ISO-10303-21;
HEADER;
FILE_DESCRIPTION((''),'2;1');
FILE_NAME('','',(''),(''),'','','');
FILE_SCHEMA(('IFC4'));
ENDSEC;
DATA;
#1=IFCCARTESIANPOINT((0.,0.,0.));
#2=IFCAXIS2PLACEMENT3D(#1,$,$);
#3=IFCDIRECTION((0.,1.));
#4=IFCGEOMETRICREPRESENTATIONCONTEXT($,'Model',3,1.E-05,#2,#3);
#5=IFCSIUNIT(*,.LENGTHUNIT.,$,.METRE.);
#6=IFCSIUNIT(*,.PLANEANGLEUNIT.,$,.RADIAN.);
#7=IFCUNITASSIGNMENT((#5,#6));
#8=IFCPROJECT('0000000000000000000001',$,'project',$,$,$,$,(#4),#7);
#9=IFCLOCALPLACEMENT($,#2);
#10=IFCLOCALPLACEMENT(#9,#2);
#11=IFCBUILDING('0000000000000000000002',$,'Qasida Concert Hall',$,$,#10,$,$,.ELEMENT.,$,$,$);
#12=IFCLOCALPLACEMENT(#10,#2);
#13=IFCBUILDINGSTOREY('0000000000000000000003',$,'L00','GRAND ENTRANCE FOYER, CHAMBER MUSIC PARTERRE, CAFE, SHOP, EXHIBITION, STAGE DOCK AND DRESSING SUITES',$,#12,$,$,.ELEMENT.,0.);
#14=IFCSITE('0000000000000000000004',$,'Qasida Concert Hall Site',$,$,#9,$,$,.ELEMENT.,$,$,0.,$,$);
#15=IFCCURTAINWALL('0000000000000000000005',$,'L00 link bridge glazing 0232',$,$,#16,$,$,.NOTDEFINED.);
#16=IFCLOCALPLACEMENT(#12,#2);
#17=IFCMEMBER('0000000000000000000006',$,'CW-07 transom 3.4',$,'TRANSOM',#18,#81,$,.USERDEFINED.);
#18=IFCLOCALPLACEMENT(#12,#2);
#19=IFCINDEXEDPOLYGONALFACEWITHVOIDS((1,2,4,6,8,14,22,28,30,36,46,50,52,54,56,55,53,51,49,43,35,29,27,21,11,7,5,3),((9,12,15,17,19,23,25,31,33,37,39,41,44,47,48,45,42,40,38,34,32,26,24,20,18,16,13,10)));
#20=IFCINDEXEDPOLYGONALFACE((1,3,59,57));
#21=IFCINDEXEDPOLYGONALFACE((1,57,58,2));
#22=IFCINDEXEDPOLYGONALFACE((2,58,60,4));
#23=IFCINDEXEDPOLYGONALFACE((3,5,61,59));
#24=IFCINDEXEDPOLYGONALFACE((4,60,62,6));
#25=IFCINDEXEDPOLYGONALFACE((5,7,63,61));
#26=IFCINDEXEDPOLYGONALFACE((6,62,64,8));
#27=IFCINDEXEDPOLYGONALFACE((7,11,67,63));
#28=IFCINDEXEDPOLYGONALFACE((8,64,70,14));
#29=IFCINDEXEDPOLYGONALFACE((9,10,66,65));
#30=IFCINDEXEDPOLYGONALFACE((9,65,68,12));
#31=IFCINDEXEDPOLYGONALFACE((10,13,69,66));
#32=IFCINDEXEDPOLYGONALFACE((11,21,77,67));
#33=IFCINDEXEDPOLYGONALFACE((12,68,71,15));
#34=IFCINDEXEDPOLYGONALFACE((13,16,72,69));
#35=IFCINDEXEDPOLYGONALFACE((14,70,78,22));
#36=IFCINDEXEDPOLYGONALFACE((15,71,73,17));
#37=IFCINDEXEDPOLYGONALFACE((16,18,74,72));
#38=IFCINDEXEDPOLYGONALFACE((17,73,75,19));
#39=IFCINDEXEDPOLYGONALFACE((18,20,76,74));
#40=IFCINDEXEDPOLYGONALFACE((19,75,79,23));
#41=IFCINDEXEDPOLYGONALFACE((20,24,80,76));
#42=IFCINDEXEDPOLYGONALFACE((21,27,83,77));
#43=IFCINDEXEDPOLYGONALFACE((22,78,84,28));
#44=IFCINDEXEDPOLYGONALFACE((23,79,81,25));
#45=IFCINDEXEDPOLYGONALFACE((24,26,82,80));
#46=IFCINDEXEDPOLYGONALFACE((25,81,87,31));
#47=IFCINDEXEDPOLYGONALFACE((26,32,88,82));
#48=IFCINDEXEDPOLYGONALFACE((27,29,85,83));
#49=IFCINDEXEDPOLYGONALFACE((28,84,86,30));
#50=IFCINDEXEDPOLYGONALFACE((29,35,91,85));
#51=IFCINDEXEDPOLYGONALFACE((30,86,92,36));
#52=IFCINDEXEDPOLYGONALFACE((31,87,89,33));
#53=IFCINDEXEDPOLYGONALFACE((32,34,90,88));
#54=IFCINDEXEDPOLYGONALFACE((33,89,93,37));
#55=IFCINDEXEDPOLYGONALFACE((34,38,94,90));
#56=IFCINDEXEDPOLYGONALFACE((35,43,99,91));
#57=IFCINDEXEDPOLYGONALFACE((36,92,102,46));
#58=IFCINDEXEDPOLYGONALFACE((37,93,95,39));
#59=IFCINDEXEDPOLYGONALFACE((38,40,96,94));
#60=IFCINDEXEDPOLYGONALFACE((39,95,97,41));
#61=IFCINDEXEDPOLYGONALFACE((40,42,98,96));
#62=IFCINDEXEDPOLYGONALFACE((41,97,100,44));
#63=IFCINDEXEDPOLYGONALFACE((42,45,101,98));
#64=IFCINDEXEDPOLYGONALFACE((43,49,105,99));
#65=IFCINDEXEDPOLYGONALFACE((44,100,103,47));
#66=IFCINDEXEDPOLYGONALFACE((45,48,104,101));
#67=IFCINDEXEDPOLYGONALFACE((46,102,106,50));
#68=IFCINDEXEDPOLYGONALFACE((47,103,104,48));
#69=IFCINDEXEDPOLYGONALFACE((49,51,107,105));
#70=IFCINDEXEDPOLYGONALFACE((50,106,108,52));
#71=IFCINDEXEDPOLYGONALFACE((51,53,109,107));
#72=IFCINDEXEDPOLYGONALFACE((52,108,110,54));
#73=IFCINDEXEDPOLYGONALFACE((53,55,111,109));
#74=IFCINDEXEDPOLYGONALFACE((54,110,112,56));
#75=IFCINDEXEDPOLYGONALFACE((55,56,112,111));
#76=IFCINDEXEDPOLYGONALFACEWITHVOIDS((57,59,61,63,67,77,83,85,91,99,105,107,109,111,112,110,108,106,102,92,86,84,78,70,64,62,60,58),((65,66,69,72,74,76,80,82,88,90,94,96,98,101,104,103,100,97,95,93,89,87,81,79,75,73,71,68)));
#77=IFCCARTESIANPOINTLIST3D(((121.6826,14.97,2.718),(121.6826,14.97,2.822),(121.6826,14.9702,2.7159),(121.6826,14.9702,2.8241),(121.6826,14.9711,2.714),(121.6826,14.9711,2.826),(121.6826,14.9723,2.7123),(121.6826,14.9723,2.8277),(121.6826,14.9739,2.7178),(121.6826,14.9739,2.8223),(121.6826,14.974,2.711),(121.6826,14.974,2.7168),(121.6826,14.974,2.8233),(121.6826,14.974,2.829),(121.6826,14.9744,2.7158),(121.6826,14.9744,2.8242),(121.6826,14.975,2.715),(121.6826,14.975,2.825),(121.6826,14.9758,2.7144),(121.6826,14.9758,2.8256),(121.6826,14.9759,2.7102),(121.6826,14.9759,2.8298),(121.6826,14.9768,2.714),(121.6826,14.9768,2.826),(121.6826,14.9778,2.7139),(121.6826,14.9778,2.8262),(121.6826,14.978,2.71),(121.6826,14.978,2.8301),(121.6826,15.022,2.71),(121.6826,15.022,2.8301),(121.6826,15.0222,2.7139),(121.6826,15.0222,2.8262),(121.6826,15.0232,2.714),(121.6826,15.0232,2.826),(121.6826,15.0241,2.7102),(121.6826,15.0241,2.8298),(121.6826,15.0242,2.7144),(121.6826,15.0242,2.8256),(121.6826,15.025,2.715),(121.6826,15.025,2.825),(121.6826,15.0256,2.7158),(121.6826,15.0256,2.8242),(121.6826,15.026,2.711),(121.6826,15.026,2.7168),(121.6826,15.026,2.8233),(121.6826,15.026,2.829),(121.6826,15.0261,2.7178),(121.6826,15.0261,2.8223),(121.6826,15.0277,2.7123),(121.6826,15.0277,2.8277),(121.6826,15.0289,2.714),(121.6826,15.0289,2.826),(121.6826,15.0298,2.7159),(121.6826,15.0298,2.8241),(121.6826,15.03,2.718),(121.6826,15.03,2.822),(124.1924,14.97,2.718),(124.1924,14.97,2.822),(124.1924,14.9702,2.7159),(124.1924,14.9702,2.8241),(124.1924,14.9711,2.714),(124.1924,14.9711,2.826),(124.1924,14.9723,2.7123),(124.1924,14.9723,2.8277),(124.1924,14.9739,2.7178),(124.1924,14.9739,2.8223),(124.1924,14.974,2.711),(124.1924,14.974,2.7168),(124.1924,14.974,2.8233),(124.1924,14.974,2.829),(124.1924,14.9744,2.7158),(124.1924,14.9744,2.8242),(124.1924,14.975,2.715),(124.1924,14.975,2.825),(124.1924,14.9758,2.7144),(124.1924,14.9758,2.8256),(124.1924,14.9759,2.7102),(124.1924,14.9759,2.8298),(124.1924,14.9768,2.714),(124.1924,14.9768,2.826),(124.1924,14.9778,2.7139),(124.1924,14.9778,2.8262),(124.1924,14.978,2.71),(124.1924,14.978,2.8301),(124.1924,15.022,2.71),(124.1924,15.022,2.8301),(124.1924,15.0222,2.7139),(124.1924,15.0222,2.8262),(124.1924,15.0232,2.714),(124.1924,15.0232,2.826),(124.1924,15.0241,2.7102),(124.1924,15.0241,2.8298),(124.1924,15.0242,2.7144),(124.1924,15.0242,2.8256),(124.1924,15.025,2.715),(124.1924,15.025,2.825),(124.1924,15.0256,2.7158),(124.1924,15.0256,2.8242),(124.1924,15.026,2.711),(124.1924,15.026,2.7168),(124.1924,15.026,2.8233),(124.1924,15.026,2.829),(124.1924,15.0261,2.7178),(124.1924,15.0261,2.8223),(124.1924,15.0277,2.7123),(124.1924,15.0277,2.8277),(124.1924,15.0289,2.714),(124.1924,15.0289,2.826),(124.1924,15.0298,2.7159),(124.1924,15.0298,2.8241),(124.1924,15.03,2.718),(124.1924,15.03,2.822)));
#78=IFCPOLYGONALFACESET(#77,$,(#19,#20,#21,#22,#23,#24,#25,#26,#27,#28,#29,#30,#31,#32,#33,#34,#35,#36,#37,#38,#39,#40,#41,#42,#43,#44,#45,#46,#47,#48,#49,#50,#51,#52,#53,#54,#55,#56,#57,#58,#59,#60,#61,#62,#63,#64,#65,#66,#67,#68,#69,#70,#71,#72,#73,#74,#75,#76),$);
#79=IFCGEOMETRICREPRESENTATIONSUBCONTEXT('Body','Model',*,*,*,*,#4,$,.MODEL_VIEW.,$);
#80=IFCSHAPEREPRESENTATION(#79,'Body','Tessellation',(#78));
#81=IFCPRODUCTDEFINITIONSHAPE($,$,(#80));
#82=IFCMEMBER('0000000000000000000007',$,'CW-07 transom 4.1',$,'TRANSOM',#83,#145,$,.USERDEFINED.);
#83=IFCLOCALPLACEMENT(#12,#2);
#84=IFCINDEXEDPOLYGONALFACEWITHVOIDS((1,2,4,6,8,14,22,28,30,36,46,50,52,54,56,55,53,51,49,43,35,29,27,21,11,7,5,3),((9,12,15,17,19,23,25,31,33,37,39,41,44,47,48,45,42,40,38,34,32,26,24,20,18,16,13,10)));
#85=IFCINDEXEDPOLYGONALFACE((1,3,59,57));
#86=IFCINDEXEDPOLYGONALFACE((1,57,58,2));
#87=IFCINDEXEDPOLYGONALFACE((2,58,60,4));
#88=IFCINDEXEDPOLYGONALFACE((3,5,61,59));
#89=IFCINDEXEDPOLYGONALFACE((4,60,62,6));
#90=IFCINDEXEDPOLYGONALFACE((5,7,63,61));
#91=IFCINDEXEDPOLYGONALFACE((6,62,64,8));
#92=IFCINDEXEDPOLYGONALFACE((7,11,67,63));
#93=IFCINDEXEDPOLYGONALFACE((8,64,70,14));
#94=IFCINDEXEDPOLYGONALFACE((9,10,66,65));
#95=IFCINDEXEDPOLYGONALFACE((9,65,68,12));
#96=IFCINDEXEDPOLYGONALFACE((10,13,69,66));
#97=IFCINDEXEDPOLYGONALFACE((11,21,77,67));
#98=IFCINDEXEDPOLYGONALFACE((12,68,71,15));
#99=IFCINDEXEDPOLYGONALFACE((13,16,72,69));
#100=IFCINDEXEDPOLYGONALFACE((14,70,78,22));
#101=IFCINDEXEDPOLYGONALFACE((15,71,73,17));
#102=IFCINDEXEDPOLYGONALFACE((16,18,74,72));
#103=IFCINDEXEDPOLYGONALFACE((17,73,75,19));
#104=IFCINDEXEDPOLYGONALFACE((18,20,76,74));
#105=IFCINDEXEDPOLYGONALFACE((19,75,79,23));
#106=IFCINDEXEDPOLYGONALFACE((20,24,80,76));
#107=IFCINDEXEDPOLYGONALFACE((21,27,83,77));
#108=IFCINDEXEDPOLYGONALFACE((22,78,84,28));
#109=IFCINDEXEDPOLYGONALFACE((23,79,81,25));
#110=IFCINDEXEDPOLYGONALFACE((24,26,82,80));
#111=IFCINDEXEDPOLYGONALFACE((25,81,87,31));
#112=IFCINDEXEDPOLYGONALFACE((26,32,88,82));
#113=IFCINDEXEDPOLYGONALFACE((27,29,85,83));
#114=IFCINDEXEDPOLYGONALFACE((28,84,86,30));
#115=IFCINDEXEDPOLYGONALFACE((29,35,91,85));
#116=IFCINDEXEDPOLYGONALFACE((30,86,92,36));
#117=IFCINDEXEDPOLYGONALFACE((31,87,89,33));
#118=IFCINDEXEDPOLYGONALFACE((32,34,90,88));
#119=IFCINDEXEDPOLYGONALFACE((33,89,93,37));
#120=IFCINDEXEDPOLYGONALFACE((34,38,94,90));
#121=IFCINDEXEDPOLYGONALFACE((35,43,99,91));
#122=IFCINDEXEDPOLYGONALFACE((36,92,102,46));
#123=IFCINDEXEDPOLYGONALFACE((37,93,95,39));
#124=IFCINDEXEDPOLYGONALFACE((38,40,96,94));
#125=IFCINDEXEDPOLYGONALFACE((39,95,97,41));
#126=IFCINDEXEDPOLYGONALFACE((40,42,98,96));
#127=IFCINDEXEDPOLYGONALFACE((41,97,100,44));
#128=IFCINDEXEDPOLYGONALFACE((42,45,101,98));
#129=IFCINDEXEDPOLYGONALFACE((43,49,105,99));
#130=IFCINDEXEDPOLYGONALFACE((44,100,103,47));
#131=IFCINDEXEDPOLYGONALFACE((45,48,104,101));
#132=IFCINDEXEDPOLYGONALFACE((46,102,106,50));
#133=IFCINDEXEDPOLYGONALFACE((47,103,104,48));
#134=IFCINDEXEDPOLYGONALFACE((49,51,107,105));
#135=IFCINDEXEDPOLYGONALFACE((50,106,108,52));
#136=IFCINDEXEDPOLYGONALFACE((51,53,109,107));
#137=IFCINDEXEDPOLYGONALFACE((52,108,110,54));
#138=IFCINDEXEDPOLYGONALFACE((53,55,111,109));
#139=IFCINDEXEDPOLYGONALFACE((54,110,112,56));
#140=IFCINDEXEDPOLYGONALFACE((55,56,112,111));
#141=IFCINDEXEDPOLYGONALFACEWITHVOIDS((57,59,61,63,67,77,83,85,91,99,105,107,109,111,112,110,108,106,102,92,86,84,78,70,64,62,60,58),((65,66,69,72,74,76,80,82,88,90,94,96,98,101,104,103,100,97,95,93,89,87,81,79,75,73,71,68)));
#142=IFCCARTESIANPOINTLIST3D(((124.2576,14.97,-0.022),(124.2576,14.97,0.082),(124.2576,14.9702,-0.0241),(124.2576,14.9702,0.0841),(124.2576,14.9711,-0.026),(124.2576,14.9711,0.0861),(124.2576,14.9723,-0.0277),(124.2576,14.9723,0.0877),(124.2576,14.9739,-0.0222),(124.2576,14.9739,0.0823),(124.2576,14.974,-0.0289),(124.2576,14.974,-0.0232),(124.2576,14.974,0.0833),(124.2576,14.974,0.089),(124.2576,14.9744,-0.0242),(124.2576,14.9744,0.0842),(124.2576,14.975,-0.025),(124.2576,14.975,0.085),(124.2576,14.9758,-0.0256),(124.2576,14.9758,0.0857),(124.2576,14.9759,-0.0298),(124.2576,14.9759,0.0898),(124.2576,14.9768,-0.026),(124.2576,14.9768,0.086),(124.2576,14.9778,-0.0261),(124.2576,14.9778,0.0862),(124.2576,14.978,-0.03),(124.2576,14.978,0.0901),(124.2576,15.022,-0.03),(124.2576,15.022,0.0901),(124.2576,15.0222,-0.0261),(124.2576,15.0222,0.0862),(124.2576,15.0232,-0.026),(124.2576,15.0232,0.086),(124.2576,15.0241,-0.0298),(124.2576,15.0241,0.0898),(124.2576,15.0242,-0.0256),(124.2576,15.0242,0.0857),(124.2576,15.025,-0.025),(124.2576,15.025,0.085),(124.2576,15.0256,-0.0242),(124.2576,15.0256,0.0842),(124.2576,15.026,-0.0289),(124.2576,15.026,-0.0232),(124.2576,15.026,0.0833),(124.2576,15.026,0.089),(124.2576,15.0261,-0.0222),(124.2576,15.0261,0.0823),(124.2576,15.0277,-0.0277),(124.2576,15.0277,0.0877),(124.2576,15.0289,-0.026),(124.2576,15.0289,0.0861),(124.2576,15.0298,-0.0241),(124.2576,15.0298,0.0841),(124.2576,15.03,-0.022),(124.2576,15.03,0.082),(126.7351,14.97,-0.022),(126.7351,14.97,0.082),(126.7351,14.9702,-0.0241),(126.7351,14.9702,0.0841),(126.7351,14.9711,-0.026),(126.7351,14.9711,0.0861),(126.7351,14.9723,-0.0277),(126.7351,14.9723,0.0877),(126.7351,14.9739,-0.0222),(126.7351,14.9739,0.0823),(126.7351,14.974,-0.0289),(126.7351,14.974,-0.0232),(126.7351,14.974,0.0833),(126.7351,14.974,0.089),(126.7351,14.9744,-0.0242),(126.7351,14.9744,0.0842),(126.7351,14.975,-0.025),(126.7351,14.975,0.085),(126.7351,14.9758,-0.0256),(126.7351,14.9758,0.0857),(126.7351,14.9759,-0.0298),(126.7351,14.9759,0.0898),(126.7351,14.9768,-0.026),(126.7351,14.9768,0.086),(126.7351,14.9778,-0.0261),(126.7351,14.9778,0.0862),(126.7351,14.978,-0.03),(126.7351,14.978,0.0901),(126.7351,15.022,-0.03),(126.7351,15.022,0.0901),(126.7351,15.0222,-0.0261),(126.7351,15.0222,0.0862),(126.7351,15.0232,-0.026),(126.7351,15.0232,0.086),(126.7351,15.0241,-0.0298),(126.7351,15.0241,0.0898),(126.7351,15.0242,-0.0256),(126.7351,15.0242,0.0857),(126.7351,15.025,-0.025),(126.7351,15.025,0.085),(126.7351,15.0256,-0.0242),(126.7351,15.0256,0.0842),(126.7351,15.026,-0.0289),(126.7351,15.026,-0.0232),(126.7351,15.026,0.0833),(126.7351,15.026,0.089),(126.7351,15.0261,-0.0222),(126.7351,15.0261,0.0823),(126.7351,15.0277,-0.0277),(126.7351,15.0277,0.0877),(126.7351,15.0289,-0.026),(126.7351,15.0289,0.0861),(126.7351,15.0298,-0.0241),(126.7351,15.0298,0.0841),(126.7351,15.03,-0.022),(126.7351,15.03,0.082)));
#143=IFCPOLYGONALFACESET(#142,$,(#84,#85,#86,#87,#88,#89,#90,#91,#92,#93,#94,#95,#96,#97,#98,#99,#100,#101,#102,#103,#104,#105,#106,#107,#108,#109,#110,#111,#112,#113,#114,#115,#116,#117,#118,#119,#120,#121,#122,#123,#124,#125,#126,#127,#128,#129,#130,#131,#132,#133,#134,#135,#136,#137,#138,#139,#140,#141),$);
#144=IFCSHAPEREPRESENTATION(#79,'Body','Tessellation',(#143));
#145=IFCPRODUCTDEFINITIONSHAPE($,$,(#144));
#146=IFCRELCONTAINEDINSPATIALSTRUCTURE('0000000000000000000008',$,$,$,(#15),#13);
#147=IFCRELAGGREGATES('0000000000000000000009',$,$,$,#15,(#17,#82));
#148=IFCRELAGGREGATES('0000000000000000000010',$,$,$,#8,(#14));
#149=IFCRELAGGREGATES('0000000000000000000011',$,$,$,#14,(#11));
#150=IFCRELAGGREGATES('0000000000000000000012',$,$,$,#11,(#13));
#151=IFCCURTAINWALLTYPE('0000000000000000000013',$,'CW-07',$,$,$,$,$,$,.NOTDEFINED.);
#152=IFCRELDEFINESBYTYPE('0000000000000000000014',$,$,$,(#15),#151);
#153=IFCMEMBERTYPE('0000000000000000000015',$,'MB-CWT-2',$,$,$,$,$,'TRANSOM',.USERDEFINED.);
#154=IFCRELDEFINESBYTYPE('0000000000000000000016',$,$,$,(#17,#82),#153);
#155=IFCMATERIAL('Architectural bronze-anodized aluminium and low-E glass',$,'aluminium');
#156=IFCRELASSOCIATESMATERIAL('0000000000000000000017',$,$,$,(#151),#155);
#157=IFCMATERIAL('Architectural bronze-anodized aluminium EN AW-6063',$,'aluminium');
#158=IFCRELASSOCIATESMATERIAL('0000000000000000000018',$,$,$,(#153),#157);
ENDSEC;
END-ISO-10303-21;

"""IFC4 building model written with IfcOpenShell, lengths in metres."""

from ifc_helpers import new_model, si_unit, direction, frame, origin, origin_2d, place, context, subcontext, project, spatial, hollow_rectangle, extrude, material, material_profile, profile_set, type_object, element, aggregate, save


model = new_model("IFC4")

# Units and contexts
model_context = context("Model", 3, precision=1e-05, world=origin(), true_north=direction((0.0, 1.0)))
body_context = subcontext(model_context, "Body", "Model", "MODEL_VIEW")
ifc_project = project(units=[si_unit("LENGTHUNIT", "METRE"), si_unit("PLANEANGLEUNIT", "RADIAN")], contexts=[model_context])

# Site, building, storey
site_placement = place(None, origin())
site = spatial("IfcSite", under=ifc_project, at=site_placement, Name="Qasida Concert Hall Site", CompositionType="ELEMENT", RefElevation=0.0)
building_placement = place(site_placement, origin())
building = spatial("IfcBuilding", under=site, at=building_placement, Name="Qasida Concert Hall", CompositionType="ELEMENT")
storey_placement = place(building_placement, origin())
storey = spatial("IfcBuildingStorey", under=building, at=storey_placement, Name="L00", Description="GRAND ENTRANCE FOYER, CHAMBER MUSIC PARTERRE, CAFE, SHOP, EXHIBITION, STAGE DOCK AND DRESSING SUITES", CompositionType="ELEMENT", Elevation=0.0)

# Curtain wall, members
ifc_material_1 = material(Name="Architectural bronze-anodized aluminium and low-E glass", Category="aluminium")
curtain_wall_type = type_object("IfcCurtainWallType", Name="CW-07", PredefinedType="NOTDEFINED", material=ifc_material_1)
curtain_wall_placement = place(storey_placement, origin())
curtain_wall = element("IfcCurtainWall", 1, at=curtain_wall_placement, inside=storey, type_object=curtain_wall_type, Name="L00 link bridge glazing 0232", PredefinedType="NOTDEFINED")
ifc_material_2 = material(Name="Architectural bronze-anodized aluminium EN AW-6063", Category="aluminium")
ifc_material_profile_1 = material_profile(ifc_material_2, hollow_rectangle(XDim=0.0601, YDim=0.1201, WallThickness=0.0039, InnerFilletRadius=0.0039, OuterFilletRadius=0.0081, at=origin_2d()), Name="CWT 120x60x4")
ifc_profile_set_1 = profile_set([ifc_material_profile_1], Name="Architectural bronze-anodized aluminium EN AW-6063")
member_type_1 = type_object("IfcMemberType", Name="MB-CWT-2", ElementType="TRANSOM", PredefinedType="USERDEFINED", material=ifc_profile_set_1)
member_1_placement = place(storey_placement, frame((121.6826, 15.0, 2.77), z_axis=(1.0, 0.0, 0.0), x_axis=(0.0, 1.0, 0.0)))
member_1 = element("IfcMember", 2, at=member_1_placement, type_object=member_type_1, Name="CW-07 transom 3.4", ObjectType="TRANSOM", PredefinedType="USERDEFINED", context=body_context, shape_type="SweptSolid", body=[
    extrude(hollow_rectangle(XDim=0.0601, YDim=0.1201, WallThickness=0.0039, InnerFilletRadius=0.0039, OuterFilletRadius=0.0081, at=origin_2d()), origin(), (0.0, 0.0, 1.0), 2.5098),
])
member_2_placement = place(storey_placement, frame((124.2576, 15.0, 0.03), z_axis=(1.0, 0.0, 0.0), x_axis=(0.0, 1.0, 0.0)))
member_2 = element("IfcMember", 3, at=member_2_placement, type_object=member_type_1, Name="CW-07 transom 4.1", ObjectType="TRANSOM", PredefinedType="USERDEFINED", context=body_context, shape_type="SweptSolid", body=[
    extrude(hollow_rectangle(XDim=0.0601, YDim=0.1201, WallThickness=0.0039, InnerFilletRadius=0.0039, OuterFilletRadius=0.0081, at=origin_2d()), origin(), (0.0, 0.0, 1.0), 2.4775),
])
aggregate(curtain_wall, [member_1, member_2])

save(model, "model.ifc")
